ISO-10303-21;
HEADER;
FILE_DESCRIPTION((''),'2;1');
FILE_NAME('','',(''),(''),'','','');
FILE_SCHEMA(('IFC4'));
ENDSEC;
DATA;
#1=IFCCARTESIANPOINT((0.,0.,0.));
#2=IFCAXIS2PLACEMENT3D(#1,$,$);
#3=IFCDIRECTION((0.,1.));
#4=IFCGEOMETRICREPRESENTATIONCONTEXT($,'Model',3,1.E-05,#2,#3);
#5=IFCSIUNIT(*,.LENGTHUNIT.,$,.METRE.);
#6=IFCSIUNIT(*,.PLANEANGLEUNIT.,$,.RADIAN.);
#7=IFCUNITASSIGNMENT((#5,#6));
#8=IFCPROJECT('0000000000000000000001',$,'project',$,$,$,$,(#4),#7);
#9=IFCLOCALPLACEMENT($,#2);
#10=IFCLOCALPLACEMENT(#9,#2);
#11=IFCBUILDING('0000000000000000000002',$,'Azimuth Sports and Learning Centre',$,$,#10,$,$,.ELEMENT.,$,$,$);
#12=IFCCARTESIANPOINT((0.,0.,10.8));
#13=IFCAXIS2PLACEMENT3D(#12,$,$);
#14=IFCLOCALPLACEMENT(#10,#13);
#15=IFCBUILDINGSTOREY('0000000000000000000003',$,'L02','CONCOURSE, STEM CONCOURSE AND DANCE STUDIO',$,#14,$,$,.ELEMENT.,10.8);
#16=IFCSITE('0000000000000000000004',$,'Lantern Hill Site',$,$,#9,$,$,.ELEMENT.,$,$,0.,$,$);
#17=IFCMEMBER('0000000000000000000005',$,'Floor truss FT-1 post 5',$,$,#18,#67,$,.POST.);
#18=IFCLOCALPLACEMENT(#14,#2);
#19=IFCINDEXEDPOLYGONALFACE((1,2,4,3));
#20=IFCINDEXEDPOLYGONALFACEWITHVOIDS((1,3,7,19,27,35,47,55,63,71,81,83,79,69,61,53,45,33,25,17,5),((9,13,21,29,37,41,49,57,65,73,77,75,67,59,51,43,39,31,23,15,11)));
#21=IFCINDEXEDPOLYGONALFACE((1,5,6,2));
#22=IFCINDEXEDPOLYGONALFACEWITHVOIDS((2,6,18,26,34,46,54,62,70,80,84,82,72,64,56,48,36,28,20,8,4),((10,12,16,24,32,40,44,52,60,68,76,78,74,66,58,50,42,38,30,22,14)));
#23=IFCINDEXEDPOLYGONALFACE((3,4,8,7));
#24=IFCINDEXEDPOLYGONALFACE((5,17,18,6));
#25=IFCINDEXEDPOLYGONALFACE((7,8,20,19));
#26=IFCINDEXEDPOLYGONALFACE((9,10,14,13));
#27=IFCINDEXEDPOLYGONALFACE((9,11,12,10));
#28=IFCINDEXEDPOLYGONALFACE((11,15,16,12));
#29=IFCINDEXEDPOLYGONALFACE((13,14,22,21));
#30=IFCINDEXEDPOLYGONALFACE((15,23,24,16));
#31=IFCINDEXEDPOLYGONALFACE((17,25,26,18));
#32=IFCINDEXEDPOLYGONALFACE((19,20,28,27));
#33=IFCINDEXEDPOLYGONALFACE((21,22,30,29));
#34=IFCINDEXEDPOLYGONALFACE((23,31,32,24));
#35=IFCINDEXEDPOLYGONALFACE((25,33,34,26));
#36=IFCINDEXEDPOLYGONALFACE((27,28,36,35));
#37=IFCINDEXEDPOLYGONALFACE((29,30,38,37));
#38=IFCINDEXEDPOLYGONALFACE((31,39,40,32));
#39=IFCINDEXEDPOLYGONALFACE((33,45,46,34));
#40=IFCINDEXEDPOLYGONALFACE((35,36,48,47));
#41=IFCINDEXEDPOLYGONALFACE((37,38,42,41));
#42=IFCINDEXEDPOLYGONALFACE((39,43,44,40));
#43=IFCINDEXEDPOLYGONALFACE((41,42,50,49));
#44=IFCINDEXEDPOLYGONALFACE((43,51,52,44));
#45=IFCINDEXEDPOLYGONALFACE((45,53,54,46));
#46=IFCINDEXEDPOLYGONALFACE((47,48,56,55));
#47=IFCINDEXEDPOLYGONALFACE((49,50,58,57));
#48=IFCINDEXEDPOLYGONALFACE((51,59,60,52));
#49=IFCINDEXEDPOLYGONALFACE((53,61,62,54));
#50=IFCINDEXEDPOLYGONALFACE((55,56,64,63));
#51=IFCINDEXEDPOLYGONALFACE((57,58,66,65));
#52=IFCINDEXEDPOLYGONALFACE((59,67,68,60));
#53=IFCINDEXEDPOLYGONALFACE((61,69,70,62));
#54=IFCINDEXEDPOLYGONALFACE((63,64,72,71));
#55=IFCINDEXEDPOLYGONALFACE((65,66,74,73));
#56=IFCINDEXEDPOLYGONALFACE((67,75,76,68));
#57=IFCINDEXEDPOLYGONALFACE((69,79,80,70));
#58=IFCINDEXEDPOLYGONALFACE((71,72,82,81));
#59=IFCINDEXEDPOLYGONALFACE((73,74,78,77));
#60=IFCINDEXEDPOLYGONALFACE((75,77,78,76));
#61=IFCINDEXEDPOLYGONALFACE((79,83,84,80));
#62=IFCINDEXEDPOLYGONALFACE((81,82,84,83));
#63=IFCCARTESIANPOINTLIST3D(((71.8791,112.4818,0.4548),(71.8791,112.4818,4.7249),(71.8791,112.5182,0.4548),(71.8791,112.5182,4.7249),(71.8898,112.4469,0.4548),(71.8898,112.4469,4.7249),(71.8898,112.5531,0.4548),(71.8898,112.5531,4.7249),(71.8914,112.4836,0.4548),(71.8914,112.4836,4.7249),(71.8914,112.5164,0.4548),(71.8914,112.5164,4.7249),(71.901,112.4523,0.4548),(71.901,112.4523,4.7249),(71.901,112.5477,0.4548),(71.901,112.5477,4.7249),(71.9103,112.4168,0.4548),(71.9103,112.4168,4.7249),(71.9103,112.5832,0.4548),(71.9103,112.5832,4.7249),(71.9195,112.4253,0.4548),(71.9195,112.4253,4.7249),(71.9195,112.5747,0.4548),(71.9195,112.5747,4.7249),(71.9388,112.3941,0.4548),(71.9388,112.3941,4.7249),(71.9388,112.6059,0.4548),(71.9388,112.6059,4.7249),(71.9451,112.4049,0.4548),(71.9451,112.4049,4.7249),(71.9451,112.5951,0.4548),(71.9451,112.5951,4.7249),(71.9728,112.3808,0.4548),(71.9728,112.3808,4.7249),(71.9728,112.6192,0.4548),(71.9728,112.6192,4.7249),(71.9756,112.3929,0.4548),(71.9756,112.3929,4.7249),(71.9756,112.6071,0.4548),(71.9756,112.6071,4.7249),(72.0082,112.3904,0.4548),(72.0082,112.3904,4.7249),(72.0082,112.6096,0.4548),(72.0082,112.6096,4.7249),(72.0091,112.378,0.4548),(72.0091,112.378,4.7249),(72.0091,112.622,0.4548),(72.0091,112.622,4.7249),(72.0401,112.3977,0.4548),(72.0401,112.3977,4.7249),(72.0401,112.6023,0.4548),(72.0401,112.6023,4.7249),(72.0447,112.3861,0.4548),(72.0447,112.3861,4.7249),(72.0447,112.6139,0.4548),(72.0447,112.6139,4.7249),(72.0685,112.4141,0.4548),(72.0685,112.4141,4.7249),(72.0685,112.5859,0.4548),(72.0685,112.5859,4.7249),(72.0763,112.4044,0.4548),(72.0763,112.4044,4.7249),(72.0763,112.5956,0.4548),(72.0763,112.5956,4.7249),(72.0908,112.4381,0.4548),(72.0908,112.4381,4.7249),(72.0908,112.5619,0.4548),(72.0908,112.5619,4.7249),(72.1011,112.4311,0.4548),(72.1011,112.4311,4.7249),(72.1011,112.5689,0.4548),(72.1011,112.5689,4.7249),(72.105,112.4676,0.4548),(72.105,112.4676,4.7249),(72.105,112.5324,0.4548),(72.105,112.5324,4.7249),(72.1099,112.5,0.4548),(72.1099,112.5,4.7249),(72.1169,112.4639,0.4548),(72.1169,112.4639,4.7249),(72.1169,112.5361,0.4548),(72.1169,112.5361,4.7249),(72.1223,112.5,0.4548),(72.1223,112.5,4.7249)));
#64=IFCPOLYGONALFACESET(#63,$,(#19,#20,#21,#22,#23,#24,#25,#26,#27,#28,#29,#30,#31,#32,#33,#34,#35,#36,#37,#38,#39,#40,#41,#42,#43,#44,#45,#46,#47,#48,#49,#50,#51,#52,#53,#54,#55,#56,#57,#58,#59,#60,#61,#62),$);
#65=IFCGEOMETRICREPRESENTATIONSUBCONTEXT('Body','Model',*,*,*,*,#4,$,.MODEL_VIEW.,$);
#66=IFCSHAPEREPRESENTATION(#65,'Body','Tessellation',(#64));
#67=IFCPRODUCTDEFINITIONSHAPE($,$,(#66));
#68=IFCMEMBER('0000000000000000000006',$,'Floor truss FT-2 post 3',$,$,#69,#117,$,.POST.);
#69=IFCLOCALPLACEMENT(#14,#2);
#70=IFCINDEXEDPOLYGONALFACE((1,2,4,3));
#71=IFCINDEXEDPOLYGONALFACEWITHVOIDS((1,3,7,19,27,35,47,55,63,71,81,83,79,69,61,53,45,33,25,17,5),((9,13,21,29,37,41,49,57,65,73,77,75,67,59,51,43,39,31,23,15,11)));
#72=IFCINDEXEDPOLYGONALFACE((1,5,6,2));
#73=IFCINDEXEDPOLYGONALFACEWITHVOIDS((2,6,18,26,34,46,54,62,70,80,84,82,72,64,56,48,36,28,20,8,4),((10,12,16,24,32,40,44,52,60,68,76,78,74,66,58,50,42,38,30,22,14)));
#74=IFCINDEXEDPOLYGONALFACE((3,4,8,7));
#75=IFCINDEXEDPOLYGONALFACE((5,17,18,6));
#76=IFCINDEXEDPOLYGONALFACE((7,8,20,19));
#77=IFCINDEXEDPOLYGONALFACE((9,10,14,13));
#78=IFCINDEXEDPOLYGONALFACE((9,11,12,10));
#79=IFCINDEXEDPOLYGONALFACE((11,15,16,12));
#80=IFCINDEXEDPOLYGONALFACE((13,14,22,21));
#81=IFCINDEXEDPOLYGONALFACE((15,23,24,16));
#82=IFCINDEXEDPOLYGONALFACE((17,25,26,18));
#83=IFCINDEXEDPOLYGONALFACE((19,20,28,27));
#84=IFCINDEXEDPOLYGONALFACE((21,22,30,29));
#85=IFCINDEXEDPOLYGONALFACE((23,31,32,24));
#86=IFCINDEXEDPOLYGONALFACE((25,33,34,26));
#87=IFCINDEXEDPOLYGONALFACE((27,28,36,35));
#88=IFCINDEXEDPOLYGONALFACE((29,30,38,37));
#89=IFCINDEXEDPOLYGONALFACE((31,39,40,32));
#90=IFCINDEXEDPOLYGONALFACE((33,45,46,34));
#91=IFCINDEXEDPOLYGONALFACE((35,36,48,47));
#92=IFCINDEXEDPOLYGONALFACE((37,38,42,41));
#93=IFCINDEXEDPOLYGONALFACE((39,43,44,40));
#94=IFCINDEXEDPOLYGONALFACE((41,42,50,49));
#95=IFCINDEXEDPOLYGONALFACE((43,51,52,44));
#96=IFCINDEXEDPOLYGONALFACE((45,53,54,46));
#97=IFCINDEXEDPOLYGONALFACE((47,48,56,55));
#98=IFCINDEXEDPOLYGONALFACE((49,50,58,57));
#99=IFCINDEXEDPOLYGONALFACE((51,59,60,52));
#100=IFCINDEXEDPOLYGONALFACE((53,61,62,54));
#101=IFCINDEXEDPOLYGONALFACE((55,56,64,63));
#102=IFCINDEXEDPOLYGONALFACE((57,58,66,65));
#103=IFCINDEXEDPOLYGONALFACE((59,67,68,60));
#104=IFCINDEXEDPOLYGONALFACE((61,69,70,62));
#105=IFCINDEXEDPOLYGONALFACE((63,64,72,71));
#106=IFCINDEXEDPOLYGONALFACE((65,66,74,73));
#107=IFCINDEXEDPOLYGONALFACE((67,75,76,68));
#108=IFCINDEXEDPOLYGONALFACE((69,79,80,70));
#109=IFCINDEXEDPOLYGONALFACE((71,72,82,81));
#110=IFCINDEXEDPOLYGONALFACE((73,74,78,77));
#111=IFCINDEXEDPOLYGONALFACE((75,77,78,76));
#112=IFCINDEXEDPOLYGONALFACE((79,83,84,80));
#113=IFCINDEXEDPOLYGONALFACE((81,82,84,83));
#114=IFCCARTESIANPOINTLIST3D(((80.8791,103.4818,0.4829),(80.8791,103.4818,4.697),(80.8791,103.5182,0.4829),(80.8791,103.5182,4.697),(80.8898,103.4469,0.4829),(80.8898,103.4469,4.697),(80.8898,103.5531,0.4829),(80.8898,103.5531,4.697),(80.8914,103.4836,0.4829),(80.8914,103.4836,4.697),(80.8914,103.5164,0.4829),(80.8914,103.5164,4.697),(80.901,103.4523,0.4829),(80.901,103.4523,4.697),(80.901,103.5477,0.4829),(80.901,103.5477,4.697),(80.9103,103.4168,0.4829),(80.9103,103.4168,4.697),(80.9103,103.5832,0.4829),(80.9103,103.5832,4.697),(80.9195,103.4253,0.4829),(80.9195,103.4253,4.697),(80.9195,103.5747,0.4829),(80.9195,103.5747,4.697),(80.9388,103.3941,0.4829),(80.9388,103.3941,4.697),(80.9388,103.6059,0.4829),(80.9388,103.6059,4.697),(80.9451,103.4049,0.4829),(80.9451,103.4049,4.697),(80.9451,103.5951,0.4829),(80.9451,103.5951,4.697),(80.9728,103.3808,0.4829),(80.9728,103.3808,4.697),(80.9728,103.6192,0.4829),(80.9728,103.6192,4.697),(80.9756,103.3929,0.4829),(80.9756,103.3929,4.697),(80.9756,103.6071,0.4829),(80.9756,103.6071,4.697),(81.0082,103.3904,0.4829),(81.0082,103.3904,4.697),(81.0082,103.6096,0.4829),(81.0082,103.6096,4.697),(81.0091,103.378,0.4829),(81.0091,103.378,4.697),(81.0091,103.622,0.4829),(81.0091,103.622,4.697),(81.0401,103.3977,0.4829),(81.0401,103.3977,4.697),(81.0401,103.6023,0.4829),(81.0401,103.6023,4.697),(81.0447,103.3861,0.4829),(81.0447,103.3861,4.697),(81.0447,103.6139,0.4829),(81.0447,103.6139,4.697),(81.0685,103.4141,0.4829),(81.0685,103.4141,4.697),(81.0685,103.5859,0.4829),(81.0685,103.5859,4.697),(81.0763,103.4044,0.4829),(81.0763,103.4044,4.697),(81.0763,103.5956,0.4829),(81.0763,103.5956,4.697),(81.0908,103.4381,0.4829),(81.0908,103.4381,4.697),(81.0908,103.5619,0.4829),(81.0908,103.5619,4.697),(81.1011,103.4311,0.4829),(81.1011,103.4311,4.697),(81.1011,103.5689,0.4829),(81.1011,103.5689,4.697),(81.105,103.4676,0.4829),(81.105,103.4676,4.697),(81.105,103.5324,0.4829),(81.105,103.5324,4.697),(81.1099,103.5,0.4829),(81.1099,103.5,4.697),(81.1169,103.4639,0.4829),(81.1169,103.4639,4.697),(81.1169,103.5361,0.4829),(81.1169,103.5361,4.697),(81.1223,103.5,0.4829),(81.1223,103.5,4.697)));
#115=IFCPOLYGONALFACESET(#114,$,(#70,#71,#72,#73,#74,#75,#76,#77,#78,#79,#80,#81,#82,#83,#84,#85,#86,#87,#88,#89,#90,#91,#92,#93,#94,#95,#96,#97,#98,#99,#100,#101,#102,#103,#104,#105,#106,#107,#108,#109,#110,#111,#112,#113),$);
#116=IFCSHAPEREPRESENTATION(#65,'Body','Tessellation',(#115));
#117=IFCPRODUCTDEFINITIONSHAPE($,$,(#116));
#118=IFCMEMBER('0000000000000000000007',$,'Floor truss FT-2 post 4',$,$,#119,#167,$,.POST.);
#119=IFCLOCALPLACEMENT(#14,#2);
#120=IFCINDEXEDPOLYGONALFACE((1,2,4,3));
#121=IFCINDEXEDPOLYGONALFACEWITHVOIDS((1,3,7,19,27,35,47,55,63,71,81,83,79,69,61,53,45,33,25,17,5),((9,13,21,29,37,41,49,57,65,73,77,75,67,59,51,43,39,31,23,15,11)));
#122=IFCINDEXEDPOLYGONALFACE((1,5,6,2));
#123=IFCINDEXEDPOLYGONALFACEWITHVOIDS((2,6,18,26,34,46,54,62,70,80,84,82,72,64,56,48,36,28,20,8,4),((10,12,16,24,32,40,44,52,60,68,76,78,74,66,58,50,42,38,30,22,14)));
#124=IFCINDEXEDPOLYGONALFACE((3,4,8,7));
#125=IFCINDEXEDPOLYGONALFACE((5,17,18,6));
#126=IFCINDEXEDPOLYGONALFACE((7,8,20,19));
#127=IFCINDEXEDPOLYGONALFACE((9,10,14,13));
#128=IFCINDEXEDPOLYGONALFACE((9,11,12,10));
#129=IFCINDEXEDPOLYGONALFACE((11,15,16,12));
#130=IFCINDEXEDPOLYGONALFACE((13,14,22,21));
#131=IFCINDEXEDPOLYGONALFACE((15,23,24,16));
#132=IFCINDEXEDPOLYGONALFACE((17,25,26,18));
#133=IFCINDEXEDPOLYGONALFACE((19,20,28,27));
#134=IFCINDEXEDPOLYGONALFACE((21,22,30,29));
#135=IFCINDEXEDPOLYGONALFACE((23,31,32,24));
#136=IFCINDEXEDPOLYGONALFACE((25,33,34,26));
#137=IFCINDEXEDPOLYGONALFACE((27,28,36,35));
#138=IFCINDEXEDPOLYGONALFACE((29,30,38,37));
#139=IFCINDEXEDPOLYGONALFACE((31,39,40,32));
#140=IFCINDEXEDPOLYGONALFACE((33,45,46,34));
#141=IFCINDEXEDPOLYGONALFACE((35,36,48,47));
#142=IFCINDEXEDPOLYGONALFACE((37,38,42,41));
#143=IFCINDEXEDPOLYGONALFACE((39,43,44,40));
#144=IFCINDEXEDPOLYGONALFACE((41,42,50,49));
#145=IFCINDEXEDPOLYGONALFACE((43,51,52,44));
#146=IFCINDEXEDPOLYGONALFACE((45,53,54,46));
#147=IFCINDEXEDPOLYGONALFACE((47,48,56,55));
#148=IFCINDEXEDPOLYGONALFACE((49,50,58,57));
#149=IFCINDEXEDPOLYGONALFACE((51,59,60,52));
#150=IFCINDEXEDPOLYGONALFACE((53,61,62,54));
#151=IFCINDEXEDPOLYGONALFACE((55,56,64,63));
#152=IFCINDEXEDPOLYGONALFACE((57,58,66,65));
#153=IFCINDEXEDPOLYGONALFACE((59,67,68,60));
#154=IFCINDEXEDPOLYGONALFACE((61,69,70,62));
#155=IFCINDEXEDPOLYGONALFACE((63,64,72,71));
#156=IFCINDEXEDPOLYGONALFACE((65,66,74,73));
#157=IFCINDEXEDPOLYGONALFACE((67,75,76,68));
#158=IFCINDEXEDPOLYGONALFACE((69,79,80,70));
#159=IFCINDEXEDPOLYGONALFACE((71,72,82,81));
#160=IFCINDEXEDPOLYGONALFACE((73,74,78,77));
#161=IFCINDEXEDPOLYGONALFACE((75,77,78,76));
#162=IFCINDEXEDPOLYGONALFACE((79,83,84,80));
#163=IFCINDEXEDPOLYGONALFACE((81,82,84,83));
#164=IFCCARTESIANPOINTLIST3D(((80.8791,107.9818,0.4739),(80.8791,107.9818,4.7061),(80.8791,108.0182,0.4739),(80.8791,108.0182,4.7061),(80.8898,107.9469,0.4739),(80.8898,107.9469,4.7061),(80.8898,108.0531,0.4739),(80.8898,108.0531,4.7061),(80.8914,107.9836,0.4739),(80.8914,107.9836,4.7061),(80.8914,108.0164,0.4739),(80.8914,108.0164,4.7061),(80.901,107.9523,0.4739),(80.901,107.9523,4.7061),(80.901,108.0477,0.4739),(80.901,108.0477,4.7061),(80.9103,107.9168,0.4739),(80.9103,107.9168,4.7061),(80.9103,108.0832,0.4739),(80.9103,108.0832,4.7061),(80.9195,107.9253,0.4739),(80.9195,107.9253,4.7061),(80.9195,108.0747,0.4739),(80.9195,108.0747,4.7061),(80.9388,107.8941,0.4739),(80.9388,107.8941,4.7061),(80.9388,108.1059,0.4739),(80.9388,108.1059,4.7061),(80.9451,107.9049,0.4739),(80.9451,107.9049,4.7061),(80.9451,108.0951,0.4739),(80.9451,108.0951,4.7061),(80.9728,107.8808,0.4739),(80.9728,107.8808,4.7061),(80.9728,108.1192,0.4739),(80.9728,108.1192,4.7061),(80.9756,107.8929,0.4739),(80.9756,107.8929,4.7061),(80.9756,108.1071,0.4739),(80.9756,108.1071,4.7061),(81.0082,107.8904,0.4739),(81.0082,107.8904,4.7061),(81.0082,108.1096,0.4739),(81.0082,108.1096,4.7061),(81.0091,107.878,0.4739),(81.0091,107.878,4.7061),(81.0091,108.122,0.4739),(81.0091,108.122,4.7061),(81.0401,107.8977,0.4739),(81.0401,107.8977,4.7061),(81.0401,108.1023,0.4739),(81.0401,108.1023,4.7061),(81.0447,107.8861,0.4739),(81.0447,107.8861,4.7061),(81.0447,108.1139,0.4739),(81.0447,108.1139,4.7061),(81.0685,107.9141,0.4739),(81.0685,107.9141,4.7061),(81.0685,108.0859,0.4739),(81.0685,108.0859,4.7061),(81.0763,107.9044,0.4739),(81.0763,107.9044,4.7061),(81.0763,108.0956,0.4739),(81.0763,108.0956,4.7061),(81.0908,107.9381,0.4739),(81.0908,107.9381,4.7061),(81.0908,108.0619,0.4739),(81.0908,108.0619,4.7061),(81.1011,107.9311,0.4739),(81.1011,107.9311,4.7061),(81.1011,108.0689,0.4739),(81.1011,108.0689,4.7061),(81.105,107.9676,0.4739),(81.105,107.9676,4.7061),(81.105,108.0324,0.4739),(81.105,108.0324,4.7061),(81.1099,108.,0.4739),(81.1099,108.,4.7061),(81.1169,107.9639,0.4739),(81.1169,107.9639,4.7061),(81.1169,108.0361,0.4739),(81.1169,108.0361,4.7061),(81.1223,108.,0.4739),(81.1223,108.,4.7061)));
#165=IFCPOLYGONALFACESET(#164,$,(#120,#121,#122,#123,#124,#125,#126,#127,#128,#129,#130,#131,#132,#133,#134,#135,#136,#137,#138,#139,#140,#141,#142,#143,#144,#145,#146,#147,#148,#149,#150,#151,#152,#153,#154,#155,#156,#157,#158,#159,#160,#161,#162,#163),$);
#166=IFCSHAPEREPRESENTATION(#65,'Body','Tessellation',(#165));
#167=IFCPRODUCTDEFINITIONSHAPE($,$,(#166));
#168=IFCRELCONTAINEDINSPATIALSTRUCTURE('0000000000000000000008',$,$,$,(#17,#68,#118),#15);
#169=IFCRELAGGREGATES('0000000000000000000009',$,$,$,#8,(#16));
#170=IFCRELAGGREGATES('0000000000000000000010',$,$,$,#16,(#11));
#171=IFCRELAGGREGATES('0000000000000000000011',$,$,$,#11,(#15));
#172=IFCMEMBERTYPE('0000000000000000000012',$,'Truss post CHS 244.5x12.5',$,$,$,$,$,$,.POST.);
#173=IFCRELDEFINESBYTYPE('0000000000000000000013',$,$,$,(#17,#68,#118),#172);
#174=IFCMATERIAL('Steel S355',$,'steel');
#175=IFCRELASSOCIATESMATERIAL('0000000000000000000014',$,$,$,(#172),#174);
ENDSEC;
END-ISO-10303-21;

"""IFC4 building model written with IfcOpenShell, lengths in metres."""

from ifc_helpers import new_model, si_unit, direction, frame, origin, origin_2d, place, context, subcontext, project, spatial, hollow_circle, extrude, material, material_profile, profile_set, type_object, element, save


model = new_model("IFC4")

# Units and contexts
model_context = context("Model", 3, precision=1e-05, world=origin(), true_north=direction((0.0, 1.0)))
body_context = subcontext(model_context, "Body", "Model", "MODEL_VIEW")
ifc_project = project(units=[si_unit("LENGTHUNIT", "METRE"), si_unit("PLANEANGLEUNIT", "RADIAN")], contexts=[model_context])

# Site, building, storey
site_placement = place(None, origin())
site = spatial("IfcSite", under=ifc_project, at=site_placement, Name="Lantern Hill Site", CompositionType="ELEMENT", RefElevation=0.0)
building_placement = place(site_placement, origin())
building = spatial("IfcBuilding", under=site, at=building_placement, Name="Azimuth Sports and Learning Centre", CompositionType="ELEMENT")
storey_placement = place(building_placement, frame((0.0, 0.0, 10.8)))
storey = spatial("IfcBuildingStorey", under=building, at=storey_placement, Name="L02", Description="CONCOURSE, STEM CONCOURSE AND DANCE STUDIO", CompositionType="ELEMENT", Elevation=10.8)

# Members
ifc_material_1 = material(Name="Steel S355", Category="steel")
ifc_material_profile_1 = material_profile(ifc_material_1, hollow_circle(Radius=0.1223, WallThickness=0.0125, at=origin_2d()), Name="CHS 244.5x12.5")
ifc_profile_set_1 = profile_set([ifc_material_profile_1], Name="Steel S355")
member_type_1 = type_object("IfcMemberType", Name="Truss post CHS 244.5x12.5", PredefinedType="POST", material=ifc_profile_set_1)
member_1_placement = place(storey_placement, frame((72.0, 112.5, 0.4548), z_axis=(0.0, 0.0, 1.0), x_axis=(1.0, 0.0, 0.0)))
element("IfcMember", 1, at=member_1_placement, inside=storey, type_object=member_type_1, Name="Floor truss FT-1 post 5", PredefinedType="POST", context=body_context, shape_type="SweptSolid", body=[
    extrude(hollow_circle(Radius=0.1223, WallThickness=0.0125, at=origin_2d()), origin(), (0.0, 0.0, 1.0), 4.27),
])
member_2_placement = place(storey_placement, frame((81.0, 103.5, 0.4829), z_axis=(0.0, 0.0, 1.0), x_axis=(1.0, 0.0, 0.0)))
element("IfcMember", 2, at=member_2_placement, inside=storey, type_object=member_type_1, Name="Floor truss FT-2 post 3", PredefinedType="POST", context=body_context, shape_type="SweptSolid", body=[
    extrude(hollow_circle(Radius=0.1223, WallThickness=0.0125, at=origin_2d()), origin(), (0.0, 0.0, 1.0), 4.2141),
])
member_3_placement = place(storey_placement, frame((81.0, 108.0, 0.4739), z_axis=(0.0, 0.0, 1.0), x_axis=(1.0, 0.0, 0.0)))
element("IfcMember", 3, at=member_3_placement, inside=storey, type_object=member_type_1, Name="Floor truss FT-2 post 4", PredefinedType="POST", context=body_context, shape_type="SweptSolid", body=[
    extrude(hollow_circle(Radius=0.1223, WallThickness=0.0125, at=origin_2d()), origin(), (0.0, 0.0, 1.0), 4.2322),
])

save(model, "model.ifc")
